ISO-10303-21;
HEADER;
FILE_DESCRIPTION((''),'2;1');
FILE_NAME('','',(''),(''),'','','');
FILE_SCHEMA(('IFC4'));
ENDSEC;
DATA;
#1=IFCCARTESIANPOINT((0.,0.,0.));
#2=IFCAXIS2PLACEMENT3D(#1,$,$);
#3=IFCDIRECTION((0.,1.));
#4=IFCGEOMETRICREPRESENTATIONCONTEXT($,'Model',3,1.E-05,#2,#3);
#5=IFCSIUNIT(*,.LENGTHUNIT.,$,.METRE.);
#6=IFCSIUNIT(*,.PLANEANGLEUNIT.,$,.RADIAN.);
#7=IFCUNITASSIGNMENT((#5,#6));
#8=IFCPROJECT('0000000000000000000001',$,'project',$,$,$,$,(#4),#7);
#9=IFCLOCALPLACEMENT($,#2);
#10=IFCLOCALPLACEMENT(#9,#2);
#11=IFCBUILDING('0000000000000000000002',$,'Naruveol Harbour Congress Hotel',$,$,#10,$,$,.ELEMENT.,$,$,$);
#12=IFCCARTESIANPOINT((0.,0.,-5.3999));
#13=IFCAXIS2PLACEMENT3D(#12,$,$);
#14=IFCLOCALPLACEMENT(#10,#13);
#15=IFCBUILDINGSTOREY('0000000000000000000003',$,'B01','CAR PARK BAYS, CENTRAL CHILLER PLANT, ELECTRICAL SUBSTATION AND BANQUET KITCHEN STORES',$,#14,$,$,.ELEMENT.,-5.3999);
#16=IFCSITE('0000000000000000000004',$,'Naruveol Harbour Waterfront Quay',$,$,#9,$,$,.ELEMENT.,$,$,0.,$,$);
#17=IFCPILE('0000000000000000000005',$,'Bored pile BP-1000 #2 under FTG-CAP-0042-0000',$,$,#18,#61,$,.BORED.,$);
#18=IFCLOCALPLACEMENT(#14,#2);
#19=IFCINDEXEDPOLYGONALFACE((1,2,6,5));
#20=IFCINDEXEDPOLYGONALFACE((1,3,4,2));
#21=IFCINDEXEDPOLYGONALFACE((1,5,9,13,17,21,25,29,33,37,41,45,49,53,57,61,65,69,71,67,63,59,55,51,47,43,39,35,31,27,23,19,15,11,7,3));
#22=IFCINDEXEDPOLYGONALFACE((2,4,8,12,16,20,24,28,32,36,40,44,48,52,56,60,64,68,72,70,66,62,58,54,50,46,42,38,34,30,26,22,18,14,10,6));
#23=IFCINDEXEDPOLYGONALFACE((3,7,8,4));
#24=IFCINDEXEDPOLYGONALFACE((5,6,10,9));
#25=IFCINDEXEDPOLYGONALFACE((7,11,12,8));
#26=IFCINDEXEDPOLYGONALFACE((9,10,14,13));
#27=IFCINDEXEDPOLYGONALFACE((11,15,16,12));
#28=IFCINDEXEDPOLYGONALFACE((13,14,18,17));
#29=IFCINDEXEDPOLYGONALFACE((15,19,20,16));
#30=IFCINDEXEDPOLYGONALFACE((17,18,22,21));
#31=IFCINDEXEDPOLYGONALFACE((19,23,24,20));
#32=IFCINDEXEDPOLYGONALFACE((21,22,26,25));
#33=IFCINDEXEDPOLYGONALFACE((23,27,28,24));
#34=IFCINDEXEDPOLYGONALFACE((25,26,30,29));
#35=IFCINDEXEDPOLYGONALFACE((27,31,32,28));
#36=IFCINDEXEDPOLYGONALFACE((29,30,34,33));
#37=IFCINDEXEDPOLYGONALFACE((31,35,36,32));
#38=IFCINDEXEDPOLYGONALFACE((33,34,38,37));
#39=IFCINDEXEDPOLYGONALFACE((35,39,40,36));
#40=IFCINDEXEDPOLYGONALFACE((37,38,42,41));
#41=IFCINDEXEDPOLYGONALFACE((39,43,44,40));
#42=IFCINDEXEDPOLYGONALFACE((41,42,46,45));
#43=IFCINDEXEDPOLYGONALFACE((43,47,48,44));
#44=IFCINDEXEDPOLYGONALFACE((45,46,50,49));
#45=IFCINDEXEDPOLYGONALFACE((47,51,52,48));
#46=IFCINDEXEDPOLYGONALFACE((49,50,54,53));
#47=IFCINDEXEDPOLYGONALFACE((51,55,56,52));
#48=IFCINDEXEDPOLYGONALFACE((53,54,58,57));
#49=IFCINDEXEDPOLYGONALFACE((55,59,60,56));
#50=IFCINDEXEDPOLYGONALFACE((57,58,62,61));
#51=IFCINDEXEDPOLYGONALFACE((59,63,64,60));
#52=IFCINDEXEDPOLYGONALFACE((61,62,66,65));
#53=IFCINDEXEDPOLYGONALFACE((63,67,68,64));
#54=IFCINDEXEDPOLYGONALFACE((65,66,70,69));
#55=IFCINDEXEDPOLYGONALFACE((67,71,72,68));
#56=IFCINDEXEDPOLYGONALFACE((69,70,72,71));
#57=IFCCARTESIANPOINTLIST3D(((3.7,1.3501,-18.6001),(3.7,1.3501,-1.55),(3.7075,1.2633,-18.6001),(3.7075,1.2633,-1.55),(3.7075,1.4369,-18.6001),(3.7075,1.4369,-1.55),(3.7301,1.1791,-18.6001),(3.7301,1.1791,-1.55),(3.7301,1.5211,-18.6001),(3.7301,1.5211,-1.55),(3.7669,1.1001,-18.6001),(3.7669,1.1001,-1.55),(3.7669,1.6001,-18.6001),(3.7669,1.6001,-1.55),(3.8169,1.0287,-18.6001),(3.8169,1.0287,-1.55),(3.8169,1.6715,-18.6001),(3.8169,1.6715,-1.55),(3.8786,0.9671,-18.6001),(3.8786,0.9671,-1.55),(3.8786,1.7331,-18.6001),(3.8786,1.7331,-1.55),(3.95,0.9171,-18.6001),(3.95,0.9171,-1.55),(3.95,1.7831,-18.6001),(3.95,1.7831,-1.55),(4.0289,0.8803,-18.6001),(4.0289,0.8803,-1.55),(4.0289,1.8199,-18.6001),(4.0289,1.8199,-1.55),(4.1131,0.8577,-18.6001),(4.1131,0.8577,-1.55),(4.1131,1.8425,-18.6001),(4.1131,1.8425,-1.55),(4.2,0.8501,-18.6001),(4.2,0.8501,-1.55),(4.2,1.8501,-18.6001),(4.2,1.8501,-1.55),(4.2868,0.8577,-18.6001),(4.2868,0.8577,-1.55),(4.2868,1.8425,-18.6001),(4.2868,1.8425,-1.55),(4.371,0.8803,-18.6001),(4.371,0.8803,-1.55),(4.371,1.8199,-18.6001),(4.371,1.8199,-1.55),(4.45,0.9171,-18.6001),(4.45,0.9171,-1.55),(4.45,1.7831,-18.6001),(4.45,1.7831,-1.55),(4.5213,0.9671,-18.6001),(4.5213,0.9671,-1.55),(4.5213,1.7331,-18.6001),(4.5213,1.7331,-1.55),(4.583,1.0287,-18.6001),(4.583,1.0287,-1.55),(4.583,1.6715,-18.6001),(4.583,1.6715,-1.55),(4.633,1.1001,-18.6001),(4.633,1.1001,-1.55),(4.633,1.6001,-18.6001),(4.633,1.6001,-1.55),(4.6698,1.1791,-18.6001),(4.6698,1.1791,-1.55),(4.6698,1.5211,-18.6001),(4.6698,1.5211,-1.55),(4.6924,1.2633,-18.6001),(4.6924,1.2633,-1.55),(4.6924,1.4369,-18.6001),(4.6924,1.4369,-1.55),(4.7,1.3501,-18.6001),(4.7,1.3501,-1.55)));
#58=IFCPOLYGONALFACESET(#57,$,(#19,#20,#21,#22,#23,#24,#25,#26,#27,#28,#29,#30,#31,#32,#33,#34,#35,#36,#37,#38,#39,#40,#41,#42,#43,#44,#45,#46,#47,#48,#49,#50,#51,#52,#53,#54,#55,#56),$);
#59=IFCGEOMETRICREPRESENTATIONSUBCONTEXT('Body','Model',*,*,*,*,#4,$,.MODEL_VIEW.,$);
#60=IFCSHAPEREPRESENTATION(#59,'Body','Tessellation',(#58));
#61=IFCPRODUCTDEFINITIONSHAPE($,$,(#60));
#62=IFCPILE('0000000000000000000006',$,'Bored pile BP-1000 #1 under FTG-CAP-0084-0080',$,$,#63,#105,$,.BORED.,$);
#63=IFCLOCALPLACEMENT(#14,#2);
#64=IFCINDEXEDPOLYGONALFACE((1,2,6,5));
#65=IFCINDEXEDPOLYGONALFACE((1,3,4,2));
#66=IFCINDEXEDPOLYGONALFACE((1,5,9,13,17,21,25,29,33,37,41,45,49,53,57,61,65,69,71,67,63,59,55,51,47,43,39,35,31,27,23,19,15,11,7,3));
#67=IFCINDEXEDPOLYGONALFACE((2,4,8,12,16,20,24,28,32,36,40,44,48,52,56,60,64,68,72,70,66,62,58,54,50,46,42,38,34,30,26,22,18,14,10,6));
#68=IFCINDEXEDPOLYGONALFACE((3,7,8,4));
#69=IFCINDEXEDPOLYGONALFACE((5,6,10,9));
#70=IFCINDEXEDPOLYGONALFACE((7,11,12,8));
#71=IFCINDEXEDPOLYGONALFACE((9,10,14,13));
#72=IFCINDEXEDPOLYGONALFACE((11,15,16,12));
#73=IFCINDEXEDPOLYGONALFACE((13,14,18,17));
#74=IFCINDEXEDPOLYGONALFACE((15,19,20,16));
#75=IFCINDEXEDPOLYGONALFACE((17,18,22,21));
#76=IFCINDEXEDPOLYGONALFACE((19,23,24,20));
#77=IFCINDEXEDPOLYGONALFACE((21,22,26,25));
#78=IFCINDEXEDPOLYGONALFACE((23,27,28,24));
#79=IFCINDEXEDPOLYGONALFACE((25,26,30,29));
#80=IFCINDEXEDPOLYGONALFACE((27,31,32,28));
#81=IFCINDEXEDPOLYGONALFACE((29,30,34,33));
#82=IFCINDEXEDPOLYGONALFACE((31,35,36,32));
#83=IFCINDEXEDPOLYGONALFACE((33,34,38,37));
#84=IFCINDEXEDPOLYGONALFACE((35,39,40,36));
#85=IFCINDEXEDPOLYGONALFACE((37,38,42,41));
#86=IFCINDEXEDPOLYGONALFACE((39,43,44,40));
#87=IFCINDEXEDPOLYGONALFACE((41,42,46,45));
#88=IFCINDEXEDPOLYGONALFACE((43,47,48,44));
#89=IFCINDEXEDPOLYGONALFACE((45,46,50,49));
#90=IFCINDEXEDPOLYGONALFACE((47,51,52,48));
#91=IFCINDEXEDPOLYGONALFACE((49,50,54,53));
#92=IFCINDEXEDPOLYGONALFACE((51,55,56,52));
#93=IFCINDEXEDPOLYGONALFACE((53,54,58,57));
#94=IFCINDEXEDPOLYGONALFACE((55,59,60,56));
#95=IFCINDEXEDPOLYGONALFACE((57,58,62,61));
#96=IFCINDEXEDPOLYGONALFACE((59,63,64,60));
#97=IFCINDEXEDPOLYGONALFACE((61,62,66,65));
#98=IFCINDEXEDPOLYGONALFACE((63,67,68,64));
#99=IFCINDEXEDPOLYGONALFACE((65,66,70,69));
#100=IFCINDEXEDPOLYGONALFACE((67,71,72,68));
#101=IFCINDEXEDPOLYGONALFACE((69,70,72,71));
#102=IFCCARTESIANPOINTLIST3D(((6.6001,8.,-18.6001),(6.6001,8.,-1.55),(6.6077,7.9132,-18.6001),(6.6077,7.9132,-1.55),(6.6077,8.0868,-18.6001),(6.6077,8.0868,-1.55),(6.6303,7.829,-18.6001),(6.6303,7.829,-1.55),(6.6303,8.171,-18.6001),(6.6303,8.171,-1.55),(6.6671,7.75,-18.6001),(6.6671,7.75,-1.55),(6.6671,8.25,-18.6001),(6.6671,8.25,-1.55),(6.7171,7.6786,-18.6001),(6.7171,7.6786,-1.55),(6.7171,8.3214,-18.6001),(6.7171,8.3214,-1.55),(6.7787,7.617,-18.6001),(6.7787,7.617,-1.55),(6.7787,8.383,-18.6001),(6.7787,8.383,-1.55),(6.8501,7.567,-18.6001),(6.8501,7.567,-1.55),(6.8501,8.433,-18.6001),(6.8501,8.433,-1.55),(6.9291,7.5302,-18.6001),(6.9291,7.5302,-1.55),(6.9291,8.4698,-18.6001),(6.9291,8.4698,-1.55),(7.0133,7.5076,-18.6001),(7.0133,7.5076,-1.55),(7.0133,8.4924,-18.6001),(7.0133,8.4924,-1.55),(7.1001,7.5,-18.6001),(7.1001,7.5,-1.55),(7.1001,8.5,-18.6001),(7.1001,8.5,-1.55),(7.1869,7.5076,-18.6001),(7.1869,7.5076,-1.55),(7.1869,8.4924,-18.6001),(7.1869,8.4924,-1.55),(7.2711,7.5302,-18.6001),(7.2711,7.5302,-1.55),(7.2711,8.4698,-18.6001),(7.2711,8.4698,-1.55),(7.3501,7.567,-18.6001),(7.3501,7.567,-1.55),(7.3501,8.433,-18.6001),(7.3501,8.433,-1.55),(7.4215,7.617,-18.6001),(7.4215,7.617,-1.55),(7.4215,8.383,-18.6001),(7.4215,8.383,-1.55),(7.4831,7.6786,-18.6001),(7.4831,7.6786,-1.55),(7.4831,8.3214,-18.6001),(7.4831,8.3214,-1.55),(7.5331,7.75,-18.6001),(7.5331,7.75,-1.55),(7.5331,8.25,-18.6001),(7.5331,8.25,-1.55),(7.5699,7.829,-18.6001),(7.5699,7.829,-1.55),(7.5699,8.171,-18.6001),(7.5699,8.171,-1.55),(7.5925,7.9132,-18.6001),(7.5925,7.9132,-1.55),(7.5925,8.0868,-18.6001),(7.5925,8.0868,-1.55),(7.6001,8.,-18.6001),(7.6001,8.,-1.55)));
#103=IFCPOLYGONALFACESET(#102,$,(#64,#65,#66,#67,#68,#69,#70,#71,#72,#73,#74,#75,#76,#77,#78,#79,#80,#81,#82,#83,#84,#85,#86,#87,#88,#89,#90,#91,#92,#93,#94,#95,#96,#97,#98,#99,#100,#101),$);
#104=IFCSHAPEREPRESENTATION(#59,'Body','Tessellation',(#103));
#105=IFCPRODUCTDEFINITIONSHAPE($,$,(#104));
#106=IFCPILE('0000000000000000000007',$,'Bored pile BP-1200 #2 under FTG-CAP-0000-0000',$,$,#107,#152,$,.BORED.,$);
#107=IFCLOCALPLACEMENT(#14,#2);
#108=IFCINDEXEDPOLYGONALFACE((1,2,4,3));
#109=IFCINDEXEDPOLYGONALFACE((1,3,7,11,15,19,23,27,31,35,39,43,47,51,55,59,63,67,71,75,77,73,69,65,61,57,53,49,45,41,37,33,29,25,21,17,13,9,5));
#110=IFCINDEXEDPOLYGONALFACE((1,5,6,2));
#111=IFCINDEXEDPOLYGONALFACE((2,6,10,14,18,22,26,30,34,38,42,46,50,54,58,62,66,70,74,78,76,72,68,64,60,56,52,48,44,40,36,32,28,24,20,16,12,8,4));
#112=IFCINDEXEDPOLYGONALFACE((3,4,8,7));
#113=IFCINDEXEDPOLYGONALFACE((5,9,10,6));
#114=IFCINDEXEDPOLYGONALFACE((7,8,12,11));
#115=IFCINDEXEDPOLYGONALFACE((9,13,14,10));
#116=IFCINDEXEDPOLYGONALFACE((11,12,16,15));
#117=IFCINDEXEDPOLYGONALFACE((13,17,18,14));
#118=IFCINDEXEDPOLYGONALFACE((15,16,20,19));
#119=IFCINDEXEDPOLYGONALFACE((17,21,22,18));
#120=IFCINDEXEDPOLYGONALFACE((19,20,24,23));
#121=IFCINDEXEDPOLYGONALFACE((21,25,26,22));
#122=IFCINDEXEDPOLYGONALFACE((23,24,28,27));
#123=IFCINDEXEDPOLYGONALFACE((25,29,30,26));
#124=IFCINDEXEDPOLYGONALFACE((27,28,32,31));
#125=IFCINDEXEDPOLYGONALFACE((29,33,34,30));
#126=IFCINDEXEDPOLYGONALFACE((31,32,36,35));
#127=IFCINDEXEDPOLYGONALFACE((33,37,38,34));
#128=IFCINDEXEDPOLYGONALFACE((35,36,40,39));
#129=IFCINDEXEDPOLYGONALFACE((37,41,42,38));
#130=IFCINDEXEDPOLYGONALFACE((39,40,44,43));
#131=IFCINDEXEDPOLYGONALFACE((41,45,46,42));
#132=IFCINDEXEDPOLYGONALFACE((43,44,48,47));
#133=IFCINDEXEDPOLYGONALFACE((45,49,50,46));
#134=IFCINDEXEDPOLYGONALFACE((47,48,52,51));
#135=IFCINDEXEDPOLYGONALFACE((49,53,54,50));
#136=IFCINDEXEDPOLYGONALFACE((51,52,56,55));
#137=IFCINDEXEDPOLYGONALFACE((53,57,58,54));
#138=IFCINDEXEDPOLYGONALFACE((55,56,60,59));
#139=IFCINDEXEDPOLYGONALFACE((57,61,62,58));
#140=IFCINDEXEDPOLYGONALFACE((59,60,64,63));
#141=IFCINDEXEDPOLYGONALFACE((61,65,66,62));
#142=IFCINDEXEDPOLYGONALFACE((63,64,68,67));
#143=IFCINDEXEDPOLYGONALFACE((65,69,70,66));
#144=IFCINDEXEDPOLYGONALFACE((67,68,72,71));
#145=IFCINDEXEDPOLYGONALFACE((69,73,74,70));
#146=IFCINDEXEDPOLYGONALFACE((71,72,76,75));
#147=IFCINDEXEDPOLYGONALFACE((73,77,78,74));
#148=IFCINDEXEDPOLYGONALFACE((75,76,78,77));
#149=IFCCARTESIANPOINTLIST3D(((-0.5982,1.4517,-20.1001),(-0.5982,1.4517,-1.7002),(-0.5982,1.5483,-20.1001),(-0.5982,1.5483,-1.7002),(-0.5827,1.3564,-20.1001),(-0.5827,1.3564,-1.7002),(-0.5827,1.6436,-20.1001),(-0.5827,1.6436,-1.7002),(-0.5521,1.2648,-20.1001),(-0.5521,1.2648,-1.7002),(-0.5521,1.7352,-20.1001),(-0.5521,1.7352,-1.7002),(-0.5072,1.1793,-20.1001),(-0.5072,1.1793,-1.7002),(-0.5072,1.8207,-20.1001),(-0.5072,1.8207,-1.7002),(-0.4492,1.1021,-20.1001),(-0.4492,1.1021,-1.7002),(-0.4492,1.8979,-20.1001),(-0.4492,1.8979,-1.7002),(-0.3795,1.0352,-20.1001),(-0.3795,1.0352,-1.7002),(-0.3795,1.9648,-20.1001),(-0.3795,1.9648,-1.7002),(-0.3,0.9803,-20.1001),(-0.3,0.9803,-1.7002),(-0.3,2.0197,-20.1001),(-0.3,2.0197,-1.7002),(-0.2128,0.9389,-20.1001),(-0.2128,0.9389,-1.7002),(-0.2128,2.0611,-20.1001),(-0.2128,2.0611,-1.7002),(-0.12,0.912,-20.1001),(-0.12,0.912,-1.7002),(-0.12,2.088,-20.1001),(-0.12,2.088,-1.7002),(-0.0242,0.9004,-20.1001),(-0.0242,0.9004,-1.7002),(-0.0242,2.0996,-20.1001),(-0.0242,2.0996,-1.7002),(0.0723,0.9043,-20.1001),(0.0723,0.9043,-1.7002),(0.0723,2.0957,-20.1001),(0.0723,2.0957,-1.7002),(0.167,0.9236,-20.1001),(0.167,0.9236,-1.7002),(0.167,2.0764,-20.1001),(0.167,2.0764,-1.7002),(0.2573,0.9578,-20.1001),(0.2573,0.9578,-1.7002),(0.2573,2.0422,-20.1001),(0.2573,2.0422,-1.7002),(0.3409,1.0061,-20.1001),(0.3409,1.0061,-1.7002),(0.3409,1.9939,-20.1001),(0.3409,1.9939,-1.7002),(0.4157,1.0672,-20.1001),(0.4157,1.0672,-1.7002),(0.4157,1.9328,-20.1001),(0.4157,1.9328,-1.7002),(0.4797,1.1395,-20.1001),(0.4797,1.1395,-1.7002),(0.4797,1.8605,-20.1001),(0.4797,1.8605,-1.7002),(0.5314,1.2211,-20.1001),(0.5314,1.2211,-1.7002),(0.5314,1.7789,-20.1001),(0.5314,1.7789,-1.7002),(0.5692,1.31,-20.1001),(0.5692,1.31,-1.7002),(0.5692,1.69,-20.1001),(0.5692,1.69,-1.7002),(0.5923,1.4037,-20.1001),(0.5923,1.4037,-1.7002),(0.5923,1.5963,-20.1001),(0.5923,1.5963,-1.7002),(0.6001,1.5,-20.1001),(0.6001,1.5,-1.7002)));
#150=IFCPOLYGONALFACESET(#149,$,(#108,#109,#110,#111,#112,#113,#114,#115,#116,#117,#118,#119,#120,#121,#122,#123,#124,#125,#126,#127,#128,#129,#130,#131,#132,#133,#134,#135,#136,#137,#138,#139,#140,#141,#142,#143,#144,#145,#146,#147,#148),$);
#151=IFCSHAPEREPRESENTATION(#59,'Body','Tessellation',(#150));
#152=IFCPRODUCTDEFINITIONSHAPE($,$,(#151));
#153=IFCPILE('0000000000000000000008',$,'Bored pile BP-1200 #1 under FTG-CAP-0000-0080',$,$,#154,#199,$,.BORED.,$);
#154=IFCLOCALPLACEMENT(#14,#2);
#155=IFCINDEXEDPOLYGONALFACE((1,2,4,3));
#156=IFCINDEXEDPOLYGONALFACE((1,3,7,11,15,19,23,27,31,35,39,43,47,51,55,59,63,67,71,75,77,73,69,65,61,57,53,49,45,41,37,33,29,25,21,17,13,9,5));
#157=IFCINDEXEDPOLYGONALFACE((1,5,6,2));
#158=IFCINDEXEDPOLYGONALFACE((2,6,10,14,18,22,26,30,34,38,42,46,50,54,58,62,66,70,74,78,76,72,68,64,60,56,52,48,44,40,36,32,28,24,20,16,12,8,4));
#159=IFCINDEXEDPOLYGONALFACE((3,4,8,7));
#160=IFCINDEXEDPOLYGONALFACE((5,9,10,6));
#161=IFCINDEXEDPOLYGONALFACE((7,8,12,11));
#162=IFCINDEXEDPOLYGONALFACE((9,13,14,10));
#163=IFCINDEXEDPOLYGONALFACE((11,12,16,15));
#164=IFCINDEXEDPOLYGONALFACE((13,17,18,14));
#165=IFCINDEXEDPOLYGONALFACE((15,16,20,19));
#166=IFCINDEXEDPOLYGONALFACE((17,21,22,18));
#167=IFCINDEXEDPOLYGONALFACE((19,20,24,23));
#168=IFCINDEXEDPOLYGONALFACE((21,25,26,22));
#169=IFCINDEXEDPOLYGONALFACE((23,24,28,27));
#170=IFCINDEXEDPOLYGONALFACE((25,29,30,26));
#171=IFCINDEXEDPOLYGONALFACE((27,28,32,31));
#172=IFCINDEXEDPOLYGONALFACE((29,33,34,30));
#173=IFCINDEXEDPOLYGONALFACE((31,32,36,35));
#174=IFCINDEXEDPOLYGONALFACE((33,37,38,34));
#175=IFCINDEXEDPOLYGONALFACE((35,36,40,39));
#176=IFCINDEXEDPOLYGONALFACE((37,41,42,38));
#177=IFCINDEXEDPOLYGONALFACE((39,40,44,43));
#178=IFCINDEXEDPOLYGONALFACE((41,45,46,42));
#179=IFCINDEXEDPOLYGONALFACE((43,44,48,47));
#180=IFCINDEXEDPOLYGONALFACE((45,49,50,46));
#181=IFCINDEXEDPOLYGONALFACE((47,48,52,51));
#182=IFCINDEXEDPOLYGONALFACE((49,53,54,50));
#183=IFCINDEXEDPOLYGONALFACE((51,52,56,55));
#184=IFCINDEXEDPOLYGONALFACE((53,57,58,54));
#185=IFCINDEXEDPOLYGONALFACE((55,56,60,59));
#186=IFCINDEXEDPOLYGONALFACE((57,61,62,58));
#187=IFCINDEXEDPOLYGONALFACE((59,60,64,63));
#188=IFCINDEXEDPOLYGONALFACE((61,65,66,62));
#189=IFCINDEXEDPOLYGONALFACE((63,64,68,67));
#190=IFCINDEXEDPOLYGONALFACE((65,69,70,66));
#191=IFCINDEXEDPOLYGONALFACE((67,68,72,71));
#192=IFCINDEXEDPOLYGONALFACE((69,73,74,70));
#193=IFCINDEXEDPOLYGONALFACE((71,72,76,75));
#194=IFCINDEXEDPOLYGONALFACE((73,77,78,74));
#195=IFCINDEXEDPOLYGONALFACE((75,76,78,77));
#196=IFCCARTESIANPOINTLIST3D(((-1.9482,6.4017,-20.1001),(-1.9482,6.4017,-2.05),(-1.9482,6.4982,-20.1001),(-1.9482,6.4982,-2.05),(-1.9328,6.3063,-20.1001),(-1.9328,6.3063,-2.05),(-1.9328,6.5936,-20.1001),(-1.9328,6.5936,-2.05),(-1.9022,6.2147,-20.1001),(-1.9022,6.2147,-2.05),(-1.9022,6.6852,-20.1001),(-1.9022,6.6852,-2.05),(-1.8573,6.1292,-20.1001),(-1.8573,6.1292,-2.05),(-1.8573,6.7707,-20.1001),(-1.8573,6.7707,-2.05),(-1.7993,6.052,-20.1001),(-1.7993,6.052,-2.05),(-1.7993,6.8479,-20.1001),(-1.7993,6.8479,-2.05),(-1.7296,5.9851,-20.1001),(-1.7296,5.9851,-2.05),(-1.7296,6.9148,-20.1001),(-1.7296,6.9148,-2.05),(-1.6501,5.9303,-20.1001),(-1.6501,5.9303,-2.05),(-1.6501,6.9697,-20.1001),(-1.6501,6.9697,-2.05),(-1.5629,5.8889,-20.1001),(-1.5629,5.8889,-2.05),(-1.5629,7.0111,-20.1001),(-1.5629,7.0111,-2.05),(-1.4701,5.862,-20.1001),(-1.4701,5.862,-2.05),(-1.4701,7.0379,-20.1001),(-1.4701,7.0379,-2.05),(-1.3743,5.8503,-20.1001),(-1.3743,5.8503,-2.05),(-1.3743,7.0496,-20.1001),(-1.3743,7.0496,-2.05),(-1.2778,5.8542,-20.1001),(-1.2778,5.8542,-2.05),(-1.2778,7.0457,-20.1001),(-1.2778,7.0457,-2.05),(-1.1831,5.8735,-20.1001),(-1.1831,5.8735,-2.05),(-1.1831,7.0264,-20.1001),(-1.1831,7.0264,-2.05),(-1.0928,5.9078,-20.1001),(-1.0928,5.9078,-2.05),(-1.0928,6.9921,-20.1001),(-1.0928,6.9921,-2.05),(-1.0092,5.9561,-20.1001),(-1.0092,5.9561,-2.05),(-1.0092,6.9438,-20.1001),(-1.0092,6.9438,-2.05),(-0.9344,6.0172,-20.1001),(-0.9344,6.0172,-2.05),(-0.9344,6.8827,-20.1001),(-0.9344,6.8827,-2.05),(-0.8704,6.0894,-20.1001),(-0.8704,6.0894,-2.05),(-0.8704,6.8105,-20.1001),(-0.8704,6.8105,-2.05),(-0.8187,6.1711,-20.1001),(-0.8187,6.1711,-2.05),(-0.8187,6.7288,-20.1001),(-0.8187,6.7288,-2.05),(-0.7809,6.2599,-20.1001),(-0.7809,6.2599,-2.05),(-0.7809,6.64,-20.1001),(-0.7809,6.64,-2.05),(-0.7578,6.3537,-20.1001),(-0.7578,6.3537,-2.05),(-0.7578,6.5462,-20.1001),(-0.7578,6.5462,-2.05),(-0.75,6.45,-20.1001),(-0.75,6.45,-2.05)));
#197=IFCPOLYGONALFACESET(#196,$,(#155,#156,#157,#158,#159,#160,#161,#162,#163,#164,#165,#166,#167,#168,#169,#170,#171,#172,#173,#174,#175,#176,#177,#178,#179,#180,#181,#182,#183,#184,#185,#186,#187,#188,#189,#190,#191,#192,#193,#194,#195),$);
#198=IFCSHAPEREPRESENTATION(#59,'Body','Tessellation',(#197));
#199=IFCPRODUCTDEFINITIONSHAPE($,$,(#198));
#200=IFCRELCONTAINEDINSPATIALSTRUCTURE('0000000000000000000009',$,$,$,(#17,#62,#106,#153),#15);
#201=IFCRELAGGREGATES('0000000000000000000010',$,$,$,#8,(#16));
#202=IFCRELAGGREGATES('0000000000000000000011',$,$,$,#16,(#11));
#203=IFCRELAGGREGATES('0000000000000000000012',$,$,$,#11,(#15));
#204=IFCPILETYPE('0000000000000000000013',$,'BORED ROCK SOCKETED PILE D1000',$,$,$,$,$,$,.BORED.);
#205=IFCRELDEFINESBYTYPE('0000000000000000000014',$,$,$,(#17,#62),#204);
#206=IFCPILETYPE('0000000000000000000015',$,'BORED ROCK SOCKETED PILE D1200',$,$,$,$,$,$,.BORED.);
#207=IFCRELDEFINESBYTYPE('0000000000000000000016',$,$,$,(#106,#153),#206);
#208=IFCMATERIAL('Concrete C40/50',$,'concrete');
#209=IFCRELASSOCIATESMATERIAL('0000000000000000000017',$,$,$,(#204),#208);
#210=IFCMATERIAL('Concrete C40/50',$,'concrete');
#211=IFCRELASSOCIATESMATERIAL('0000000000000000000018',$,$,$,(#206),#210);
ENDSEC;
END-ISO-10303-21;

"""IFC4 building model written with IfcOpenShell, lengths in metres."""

from ifc_helpers import new_model, si_unit, direction, frame, origin, origin_2d, place, context, subcontext, project, spatial, circle, extrude, material, material_profile, profile_set, type_object, element, save


model = new_model("IFC4")

# Units and contexts
model_context = context("Model", 3, precision=1e-05, world=origin(), true_north=direction((0.0, 1.0)))
body_context = subcontext(model_context, "Body", "Model", "MODEL_VIEW")
ifc_project = project(units=[si_unit("LENGTHUNIT", "METRE"), si_unit("PLANEANGLEUNIT", "RADIAN")], contexts=[model_context])

# Site, building, storey
site_placement = place(None, origin())
site = spatial("IfcSite", under=ifc_project, at=site_placement, Name="Naruveol Harbour Waterfront Quay", CompositionType="ELEMENT", RefElevation=0.0)
building_placement = place(site_placement, origin())
building = spatial("IfcBuilding", under=site, at=building_placement, Name="Naruveol Harbour Congress Hotel", CompositionType="ELEMENT")
storey_placement = place(building_placement, frame((0.0, 0.0, -5.3999)))
storey = spatial("IfcBuildingStorey", under=building, at=storey_placement, Name="B01", Description="CAR PARK BAYS, CENTRAL CHILLER PLANT, ELECTRICAL SUBSTATION AND BANQUET KITCHEN STORES", CompositionType="ELEMENT", Elevation=-5.3999)

# Piles
ifc_material_1 = material(Name="Concrete C40/50", Category="concrete")
ifc_material_profile_1 = material_profile(ifc_material_1, circle(Radius=0.5, at=origin_2d()), Name="BP-1000")
ifc_profile_set_1 = profile_set([ifc_material_profile_1], Name="Concrete C40/50")
pile_type_1 = type_object("IfcPileType", Name="BORED ROCK SOCKETED PILE D1000", PredefinedType="BORED", material=ifc_profile_set_1)
for number, where, z_axis, x_axis, name in (
    (1, (4.2, 1.3501, -1.55), (0.0, 0.0, -1.0), (1.0, 0.0, 0.0), "Bored pile BP-1000 #2 under FTG-CAP-0042-0000"),
    (2, (7.1001, 8.0, -1.55), (0.0, 0.0, -1.0), (1.0, 0.0, 0.0), "Bored pile BP-1000 #1 under FTG-CAP-0084-0080"),
):
    element("IfcPile", number, at=place(storey_placement, frame(where, z_axis=z_axis, x_axis=x_axis)), inside=storey, type_object=pile_type_1, Name=name, PredefinedType="BORED", context=body_context, shape_type="SweptSolid", body=[
        extrude(circle(Radius=0.5, at=origin_2d()), origin(), (0.0, 0.0, 1.0), 17.05),
    ])
ifc_material_2 = material(Name="Concrete C40/50", Category="concrete")
ifc_material_profile_2 = material_profile(ifc_material_2, circle(Radius=0.6001, at=origin_2d()), Name="BP-1200")
ifc_profile_set_2 = profile_set([ifc_material_profile_2], Name="Concrete C40/50")
pile_type_2 = type_object("IfcPileType", Name="BORED ROCK SOCKETED PILE D1200", PredefinedType="BORED", material=ifc_profile_set_2)
pile_placement = place(storey_placement, frame((0.0, 1.5, -1.7002), z_axis=(0.0, 0.0, -1.0), x_axis=(1.0, 0.0, 0.0)))
element("IfcPile", 3, at=pile_placement, inside=storey, type_object=pile_type_2, Name="Bored pile BP-1200 #2 under FTG-CAP-0000-0000", PredefinedType="BORED", context=body_context, shape_type="SweptSolid", body=[
    extrude(circle(Radius=0.6001, at=origin_2d()), origin(), (0.0, 0.0, 1.0), 18.3999),
])
for number, where, z_axis, x_axis, name in (
    (4, (-1.3501, 6.45, -2.05), (0.0, 0.0, -1.0), (1.0, 0.0, 0.0), "Bored pile BP-1200 #1 under FTG-CAP-0000-0080"),
):
    element("IfcPile", number, at=place(storey_placement, frame(where, z_axis=z_axis, x_axis=x_axis)), inside=storey, type_object=pile_type_2, Name=name, PredefinedType="BORED", context=body_context, shape_type="SweptSolid", body=[
        extrude(circle(Radius=0.6001, at=origin_2d()), origin(), (0.0, 0.0, 1.0), 18.05),
    ])

save(model, "model.ifc")
